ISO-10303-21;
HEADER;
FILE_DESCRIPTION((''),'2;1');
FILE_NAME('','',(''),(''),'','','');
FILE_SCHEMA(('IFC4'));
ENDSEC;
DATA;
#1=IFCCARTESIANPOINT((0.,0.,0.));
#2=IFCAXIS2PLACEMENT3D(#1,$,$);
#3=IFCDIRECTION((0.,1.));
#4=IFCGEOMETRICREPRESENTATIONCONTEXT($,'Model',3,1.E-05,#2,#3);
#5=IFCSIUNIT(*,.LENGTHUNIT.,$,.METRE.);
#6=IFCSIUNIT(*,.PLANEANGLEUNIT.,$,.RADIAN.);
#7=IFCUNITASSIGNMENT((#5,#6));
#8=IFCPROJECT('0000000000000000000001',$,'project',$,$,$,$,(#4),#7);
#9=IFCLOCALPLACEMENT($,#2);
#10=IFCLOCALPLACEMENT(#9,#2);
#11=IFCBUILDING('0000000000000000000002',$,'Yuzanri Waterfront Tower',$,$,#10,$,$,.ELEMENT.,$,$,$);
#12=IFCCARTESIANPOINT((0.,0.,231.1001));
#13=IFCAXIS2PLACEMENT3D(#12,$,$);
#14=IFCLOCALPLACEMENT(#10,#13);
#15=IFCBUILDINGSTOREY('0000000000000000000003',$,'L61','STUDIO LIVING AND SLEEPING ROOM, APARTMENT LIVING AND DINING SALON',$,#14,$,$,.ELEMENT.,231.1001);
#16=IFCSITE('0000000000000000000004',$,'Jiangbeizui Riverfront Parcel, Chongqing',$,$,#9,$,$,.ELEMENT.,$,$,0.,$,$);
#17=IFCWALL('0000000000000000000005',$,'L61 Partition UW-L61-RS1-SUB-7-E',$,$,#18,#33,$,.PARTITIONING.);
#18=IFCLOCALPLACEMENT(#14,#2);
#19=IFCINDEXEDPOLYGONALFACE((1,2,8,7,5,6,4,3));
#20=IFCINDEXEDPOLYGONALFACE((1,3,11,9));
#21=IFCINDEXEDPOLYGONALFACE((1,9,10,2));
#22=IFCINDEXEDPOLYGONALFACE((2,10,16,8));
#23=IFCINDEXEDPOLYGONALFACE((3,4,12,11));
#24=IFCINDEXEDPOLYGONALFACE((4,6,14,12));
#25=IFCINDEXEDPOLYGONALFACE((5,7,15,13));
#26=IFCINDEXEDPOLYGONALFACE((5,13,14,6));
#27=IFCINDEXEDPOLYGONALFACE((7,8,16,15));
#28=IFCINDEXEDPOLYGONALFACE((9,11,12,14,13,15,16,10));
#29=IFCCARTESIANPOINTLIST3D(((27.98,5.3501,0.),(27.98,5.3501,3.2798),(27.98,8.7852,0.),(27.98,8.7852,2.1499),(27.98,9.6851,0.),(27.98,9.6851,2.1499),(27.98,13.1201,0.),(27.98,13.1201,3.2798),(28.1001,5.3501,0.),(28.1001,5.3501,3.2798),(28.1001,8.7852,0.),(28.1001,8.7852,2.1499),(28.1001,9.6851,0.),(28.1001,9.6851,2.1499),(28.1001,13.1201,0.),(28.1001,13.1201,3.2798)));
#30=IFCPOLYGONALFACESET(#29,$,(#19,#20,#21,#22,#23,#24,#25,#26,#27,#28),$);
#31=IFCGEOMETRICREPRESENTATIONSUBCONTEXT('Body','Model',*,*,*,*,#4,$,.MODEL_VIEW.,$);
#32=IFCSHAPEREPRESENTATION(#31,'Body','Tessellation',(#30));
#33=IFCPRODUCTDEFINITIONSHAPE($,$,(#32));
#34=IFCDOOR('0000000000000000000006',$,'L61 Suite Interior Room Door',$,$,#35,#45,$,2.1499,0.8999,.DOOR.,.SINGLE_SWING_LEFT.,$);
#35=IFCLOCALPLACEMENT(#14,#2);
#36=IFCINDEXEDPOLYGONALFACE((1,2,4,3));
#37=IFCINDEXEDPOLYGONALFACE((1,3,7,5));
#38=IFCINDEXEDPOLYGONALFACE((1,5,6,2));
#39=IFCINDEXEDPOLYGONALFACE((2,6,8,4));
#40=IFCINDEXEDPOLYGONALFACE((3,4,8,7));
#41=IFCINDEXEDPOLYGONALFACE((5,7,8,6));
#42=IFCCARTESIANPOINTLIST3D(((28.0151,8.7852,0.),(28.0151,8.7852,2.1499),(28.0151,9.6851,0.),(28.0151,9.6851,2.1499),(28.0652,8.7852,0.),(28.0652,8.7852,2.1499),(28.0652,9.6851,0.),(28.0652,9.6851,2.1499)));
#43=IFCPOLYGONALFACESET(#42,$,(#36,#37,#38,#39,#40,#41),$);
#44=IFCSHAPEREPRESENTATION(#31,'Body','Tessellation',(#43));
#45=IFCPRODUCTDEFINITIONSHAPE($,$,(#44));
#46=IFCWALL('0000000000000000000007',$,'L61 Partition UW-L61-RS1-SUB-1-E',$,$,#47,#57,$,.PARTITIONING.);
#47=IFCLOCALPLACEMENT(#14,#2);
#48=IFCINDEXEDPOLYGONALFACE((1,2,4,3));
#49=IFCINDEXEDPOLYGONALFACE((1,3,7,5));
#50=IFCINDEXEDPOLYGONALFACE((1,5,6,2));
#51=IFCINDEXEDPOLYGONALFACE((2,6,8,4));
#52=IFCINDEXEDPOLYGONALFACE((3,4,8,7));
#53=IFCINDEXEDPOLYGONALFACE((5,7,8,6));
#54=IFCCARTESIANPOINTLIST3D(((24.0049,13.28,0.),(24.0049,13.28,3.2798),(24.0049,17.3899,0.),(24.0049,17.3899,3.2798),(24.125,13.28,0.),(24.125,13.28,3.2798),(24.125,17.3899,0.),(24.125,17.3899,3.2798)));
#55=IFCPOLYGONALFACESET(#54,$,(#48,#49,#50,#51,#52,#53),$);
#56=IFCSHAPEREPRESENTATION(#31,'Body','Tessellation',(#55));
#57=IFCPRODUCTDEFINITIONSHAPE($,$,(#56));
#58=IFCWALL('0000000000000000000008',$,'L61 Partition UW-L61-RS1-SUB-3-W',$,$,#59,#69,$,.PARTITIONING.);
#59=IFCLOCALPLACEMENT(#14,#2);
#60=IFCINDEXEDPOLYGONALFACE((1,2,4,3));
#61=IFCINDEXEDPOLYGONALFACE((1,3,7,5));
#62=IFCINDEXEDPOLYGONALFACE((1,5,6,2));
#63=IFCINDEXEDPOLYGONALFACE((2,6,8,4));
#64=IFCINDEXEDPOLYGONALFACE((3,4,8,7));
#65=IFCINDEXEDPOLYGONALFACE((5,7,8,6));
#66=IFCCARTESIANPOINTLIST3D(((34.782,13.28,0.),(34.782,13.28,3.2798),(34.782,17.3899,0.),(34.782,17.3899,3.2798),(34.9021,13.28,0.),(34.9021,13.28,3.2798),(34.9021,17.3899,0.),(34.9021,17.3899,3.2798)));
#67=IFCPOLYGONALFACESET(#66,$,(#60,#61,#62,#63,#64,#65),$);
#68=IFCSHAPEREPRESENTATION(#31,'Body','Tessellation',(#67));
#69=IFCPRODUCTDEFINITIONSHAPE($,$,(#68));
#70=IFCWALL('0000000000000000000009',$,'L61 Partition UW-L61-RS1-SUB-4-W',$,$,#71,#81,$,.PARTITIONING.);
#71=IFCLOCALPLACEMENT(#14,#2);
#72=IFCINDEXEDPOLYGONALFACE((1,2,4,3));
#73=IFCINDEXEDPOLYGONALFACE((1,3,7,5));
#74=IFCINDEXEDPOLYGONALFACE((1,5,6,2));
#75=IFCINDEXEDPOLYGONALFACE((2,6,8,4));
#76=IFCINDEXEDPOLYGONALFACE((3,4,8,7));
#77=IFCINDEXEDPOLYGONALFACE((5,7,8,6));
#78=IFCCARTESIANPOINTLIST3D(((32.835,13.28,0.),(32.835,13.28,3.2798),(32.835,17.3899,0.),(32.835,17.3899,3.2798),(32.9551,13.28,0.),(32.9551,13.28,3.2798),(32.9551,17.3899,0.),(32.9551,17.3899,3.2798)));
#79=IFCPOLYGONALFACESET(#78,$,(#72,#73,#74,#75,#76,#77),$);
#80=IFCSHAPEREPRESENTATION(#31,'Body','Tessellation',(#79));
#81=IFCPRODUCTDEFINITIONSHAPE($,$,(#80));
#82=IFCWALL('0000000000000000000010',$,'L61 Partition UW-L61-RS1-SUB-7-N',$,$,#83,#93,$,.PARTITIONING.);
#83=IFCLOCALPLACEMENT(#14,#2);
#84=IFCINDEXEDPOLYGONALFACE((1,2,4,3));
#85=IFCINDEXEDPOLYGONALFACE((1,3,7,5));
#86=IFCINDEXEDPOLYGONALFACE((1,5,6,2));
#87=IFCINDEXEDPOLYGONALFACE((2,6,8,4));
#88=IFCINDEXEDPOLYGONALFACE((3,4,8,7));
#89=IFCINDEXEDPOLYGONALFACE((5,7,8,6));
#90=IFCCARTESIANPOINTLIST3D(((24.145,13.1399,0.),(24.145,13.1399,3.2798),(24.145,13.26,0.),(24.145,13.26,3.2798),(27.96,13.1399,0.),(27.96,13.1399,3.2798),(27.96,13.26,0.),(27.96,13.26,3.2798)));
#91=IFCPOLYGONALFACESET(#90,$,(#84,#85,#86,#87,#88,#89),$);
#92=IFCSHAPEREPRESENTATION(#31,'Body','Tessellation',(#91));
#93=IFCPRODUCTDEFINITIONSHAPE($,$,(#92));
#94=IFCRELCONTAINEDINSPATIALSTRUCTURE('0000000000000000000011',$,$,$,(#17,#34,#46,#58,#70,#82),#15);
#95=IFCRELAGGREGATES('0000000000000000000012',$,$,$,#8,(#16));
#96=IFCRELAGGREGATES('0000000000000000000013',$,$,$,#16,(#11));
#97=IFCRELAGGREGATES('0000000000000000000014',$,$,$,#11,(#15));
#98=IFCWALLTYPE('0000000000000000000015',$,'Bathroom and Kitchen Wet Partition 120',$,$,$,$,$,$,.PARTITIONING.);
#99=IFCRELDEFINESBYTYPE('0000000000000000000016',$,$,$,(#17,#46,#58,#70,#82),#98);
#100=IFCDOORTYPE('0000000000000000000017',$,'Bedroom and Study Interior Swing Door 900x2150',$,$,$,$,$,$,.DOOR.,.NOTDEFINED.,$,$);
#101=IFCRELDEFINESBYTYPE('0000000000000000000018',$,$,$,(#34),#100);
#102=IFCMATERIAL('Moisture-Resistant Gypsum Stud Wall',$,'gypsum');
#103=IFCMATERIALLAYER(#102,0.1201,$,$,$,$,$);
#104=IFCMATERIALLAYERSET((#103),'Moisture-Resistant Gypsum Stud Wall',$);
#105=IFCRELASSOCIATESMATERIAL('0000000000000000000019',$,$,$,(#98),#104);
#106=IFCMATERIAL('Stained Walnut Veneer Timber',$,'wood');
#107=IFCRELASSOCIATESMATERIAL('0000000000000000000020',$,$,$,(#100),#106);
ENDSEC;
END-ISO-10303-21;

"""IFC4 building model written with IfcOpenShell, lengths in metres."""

from ifc_helpers import new_model, si_unit, direction, frame, frame_2d, origin, place, context, subcontext, project, spatial, rectangle, extrude, source, transform, mapped, material, layer, layer_set, type_object, element, fill, save


model = new_model("IFC4")

# Units and contexts
model_context = context("Model", 3, precision=1e-05, world=origin(), true_north=direction((0.0, 1.0)))
body_context = subcontext(model_context, "Body", "Model", "MODEL_VIEW")
ifc_project = project(units=[si_unit("LENGTHUNIT", "METRE"), si_unit("PLANEANGLEUNIT", "RADIAN")], contexts=[model_context])

# Site, building, storey
site_placement = place(None, origin())
site = spatial("IfcSite", under=ifc_project, at=site_placement, Name="Jiangbeizui Riverfront Parcel, Chongqing", CompositionType="ELEMENT", RefElevation=0.0)
building_placement = place(site_placement, origin())
building = spatial("IfcBuilding", under=site, at=building_placement, Name="Yuzanri Waterfront Tower", CompositionType="ELEMENT")
storey_placement = place(building_placement, frame((0.0, 0.0, 231.1001)))
storey = spatial("IfcBuildingStorey", under=building, at=storey_placement, Name="L61", Description="STUDIO LIVING AND SLEEPING ROOM, APARTMENT LIVING AND DINING SALON", CompositionType="ELEMENT", Elevation=231.1001)

# Shared definitions
ifc_material_1 = material(Name="Moisture-Resistant Gypsum Stud Wall", Category="gypsum")
ifc_layer_1 = layer(ifc_material_1, 0.1201)
ifc_layer_set_1 = layer_set([ifc_layer_1], Name="Moisture-Resistant Gypsum Stud Wall")
wall_type = type_object("IfcWallType", Name="Bathroom and Kitchen Wet Partition 120", PredefinedType="PARTITIONING", material=ifc_layer_set_1)
ifc_material_2 = material(Name="Stained Walnut Veneer Timber", Category="wood")
door_type_1 = type_object("IfcDoorType", Name="Bedroom and Study Interior Swing Door 900x2150", OperationType="NOTDEFINED", PredefinedType="DOOR", material=ifc_material_2)
shared_shape_1 = source(origin(), body_context, "Body", "SweptSolid", [
    extrude(rectangle(XDim=0.8999, YDim=2.1499, at=frame_2d((0.45, 1.075))), frame((0.0, 0.0249, 0.0), z_axis=(0.0, -1.0, 0.0), x_axis=(1.0, 0.0, 0.0)), (0.0, 0.0, 1.0), 0.05),
])

# Wall, opening, door
wall_1_placement = place(storey_placement, frame((28.04, 5.3501, 0.0), z_axis=(0.0, 0.0, 1.0), x_axis=(0.0, 1.0, 0.0)))
wall_1 = element("IfcWall", 1, at=wall_1_placement, inside=storey, type_object=wall_type, Name="L61 Partition UW-L61-RS1-SUB-7-E", PredefinedType="PARTITIONING", context=body_context, shape_type="SweptSolid", body=[
    extrude(rectangle(XDim=7.77, YDim=0.1201, at=frame_2d((3.885, 0.0))), origin(), (0.0, 0.0, 1.0), 3.2798),
])
opening_1_placement = place(wall_1_placement, frame((3.4351, 0.0, 0.0)))
opening_1 = element("IfcOpeningElement", 2, at=opening_1_placement, cuts=wall_1, PredefinedType="OPENING", context=body_context, shape_type="SweptSolid", body=[
    extrude(rectangle(XDim=0.8999, YDim=2.1499, at=frame_2d((0.45, 1.075))), frame((0.0, 0.075, 0.0), z_axis=(0.0, -1.0, 0.0), x_axis=(1.0, 0.0, 0.0)), (0.0, 0.0, 1.0), 0.1499),
])
door_1_placement = place(opening_1_placement, origin())
door_1 = element("IfcDoor", 3, at=door_1_placement, inside=storey, type_object=door_type_1, Name="L61 Suite Interior Room Door", OperationType="SINGLE_SWING_LEFT", OverallHeight=2.1499, OverallWidth=0.8999, PredefinedType="DOOR", context=body_context, shape_type="MappedRepresentation", body=[
    mapped(shared_shape_1, transform((0.0, 0.0, 0.0), scale=1.0)),
])
fill(opening_1, door_1)

# Walls
shared_shape_2 = source(origin(), body_context, "Body", "SweptSolid", [
    extrude(rectangle(XDim=4.1099, YDim=0.1201, at=frame_2d((2.0549, 0.0))), origin(), (0.0, 0.0, 1.0), 3.2798),
])
for number, where, z_axis, x_axis, name in (
    (4, (24.0649, 13.28, 0.0), (0.0, 0.0, 1.0), (0.0, 1.0, 0.0), "L61 Partition UW-L61-RS1-SUB-1-E"),
    (5, (34.842, 13.28, 0.0), (0.0, 0.0, 1.0), (0.0, 1.0, 0.0), "L61 Partition UW-L61-RS1-SUB-3-W"),
    (6, (32.895, 13.28, 0.0), (0.0, 0.0, 1.0), (0.0, 1.0, 0.0), "L61 Partition UW-L61-RS1-SUB-4-W"),
):
    element("IfcWall", number, at=place(storey_placement, frame(where, z_axis=z_axis, x_axis=x_axis)), inside=storey, type_object=wall_type, Name=name, PredefinedType="PARTITIONING", context=body_context, shape_type="MappedRepresentation", body=[
        mapped(shared_shape_2, transform((0.0, 0.0, 0.0), scale=1.0)),
    ])
shared_shape_3 = source(origin(), body_context, "Body", "SweptSolid", [
    extrude(rectangle(XDim=3.8149, YDim=0.1201, at=frame_2d((1.9075, 0.0))), origin(), (0.0, 0.0, 1.0), 3.2798),
])
wall_2_placement = place(storey_placement, frame((24.145, 13.2, 0.0), z_axis=(0.0, 0.0, 1.0), x_axis=(1.0, 0.0, 0.0)))
element("IfcWall", 7, at=wall_2_placement, inside=storey, type_object=wall_type, Name="L61 Partition UW-L61-RS1-SUB-7-N", PredefinedType="PARTITIONING", context=body_context, shape_type="MappedRepresentation", body=[
    mapped(shared_shape_3, transform((0.0, 0.0, 0.0), scale=1.0)),
])

save(model, "model.ifc")
